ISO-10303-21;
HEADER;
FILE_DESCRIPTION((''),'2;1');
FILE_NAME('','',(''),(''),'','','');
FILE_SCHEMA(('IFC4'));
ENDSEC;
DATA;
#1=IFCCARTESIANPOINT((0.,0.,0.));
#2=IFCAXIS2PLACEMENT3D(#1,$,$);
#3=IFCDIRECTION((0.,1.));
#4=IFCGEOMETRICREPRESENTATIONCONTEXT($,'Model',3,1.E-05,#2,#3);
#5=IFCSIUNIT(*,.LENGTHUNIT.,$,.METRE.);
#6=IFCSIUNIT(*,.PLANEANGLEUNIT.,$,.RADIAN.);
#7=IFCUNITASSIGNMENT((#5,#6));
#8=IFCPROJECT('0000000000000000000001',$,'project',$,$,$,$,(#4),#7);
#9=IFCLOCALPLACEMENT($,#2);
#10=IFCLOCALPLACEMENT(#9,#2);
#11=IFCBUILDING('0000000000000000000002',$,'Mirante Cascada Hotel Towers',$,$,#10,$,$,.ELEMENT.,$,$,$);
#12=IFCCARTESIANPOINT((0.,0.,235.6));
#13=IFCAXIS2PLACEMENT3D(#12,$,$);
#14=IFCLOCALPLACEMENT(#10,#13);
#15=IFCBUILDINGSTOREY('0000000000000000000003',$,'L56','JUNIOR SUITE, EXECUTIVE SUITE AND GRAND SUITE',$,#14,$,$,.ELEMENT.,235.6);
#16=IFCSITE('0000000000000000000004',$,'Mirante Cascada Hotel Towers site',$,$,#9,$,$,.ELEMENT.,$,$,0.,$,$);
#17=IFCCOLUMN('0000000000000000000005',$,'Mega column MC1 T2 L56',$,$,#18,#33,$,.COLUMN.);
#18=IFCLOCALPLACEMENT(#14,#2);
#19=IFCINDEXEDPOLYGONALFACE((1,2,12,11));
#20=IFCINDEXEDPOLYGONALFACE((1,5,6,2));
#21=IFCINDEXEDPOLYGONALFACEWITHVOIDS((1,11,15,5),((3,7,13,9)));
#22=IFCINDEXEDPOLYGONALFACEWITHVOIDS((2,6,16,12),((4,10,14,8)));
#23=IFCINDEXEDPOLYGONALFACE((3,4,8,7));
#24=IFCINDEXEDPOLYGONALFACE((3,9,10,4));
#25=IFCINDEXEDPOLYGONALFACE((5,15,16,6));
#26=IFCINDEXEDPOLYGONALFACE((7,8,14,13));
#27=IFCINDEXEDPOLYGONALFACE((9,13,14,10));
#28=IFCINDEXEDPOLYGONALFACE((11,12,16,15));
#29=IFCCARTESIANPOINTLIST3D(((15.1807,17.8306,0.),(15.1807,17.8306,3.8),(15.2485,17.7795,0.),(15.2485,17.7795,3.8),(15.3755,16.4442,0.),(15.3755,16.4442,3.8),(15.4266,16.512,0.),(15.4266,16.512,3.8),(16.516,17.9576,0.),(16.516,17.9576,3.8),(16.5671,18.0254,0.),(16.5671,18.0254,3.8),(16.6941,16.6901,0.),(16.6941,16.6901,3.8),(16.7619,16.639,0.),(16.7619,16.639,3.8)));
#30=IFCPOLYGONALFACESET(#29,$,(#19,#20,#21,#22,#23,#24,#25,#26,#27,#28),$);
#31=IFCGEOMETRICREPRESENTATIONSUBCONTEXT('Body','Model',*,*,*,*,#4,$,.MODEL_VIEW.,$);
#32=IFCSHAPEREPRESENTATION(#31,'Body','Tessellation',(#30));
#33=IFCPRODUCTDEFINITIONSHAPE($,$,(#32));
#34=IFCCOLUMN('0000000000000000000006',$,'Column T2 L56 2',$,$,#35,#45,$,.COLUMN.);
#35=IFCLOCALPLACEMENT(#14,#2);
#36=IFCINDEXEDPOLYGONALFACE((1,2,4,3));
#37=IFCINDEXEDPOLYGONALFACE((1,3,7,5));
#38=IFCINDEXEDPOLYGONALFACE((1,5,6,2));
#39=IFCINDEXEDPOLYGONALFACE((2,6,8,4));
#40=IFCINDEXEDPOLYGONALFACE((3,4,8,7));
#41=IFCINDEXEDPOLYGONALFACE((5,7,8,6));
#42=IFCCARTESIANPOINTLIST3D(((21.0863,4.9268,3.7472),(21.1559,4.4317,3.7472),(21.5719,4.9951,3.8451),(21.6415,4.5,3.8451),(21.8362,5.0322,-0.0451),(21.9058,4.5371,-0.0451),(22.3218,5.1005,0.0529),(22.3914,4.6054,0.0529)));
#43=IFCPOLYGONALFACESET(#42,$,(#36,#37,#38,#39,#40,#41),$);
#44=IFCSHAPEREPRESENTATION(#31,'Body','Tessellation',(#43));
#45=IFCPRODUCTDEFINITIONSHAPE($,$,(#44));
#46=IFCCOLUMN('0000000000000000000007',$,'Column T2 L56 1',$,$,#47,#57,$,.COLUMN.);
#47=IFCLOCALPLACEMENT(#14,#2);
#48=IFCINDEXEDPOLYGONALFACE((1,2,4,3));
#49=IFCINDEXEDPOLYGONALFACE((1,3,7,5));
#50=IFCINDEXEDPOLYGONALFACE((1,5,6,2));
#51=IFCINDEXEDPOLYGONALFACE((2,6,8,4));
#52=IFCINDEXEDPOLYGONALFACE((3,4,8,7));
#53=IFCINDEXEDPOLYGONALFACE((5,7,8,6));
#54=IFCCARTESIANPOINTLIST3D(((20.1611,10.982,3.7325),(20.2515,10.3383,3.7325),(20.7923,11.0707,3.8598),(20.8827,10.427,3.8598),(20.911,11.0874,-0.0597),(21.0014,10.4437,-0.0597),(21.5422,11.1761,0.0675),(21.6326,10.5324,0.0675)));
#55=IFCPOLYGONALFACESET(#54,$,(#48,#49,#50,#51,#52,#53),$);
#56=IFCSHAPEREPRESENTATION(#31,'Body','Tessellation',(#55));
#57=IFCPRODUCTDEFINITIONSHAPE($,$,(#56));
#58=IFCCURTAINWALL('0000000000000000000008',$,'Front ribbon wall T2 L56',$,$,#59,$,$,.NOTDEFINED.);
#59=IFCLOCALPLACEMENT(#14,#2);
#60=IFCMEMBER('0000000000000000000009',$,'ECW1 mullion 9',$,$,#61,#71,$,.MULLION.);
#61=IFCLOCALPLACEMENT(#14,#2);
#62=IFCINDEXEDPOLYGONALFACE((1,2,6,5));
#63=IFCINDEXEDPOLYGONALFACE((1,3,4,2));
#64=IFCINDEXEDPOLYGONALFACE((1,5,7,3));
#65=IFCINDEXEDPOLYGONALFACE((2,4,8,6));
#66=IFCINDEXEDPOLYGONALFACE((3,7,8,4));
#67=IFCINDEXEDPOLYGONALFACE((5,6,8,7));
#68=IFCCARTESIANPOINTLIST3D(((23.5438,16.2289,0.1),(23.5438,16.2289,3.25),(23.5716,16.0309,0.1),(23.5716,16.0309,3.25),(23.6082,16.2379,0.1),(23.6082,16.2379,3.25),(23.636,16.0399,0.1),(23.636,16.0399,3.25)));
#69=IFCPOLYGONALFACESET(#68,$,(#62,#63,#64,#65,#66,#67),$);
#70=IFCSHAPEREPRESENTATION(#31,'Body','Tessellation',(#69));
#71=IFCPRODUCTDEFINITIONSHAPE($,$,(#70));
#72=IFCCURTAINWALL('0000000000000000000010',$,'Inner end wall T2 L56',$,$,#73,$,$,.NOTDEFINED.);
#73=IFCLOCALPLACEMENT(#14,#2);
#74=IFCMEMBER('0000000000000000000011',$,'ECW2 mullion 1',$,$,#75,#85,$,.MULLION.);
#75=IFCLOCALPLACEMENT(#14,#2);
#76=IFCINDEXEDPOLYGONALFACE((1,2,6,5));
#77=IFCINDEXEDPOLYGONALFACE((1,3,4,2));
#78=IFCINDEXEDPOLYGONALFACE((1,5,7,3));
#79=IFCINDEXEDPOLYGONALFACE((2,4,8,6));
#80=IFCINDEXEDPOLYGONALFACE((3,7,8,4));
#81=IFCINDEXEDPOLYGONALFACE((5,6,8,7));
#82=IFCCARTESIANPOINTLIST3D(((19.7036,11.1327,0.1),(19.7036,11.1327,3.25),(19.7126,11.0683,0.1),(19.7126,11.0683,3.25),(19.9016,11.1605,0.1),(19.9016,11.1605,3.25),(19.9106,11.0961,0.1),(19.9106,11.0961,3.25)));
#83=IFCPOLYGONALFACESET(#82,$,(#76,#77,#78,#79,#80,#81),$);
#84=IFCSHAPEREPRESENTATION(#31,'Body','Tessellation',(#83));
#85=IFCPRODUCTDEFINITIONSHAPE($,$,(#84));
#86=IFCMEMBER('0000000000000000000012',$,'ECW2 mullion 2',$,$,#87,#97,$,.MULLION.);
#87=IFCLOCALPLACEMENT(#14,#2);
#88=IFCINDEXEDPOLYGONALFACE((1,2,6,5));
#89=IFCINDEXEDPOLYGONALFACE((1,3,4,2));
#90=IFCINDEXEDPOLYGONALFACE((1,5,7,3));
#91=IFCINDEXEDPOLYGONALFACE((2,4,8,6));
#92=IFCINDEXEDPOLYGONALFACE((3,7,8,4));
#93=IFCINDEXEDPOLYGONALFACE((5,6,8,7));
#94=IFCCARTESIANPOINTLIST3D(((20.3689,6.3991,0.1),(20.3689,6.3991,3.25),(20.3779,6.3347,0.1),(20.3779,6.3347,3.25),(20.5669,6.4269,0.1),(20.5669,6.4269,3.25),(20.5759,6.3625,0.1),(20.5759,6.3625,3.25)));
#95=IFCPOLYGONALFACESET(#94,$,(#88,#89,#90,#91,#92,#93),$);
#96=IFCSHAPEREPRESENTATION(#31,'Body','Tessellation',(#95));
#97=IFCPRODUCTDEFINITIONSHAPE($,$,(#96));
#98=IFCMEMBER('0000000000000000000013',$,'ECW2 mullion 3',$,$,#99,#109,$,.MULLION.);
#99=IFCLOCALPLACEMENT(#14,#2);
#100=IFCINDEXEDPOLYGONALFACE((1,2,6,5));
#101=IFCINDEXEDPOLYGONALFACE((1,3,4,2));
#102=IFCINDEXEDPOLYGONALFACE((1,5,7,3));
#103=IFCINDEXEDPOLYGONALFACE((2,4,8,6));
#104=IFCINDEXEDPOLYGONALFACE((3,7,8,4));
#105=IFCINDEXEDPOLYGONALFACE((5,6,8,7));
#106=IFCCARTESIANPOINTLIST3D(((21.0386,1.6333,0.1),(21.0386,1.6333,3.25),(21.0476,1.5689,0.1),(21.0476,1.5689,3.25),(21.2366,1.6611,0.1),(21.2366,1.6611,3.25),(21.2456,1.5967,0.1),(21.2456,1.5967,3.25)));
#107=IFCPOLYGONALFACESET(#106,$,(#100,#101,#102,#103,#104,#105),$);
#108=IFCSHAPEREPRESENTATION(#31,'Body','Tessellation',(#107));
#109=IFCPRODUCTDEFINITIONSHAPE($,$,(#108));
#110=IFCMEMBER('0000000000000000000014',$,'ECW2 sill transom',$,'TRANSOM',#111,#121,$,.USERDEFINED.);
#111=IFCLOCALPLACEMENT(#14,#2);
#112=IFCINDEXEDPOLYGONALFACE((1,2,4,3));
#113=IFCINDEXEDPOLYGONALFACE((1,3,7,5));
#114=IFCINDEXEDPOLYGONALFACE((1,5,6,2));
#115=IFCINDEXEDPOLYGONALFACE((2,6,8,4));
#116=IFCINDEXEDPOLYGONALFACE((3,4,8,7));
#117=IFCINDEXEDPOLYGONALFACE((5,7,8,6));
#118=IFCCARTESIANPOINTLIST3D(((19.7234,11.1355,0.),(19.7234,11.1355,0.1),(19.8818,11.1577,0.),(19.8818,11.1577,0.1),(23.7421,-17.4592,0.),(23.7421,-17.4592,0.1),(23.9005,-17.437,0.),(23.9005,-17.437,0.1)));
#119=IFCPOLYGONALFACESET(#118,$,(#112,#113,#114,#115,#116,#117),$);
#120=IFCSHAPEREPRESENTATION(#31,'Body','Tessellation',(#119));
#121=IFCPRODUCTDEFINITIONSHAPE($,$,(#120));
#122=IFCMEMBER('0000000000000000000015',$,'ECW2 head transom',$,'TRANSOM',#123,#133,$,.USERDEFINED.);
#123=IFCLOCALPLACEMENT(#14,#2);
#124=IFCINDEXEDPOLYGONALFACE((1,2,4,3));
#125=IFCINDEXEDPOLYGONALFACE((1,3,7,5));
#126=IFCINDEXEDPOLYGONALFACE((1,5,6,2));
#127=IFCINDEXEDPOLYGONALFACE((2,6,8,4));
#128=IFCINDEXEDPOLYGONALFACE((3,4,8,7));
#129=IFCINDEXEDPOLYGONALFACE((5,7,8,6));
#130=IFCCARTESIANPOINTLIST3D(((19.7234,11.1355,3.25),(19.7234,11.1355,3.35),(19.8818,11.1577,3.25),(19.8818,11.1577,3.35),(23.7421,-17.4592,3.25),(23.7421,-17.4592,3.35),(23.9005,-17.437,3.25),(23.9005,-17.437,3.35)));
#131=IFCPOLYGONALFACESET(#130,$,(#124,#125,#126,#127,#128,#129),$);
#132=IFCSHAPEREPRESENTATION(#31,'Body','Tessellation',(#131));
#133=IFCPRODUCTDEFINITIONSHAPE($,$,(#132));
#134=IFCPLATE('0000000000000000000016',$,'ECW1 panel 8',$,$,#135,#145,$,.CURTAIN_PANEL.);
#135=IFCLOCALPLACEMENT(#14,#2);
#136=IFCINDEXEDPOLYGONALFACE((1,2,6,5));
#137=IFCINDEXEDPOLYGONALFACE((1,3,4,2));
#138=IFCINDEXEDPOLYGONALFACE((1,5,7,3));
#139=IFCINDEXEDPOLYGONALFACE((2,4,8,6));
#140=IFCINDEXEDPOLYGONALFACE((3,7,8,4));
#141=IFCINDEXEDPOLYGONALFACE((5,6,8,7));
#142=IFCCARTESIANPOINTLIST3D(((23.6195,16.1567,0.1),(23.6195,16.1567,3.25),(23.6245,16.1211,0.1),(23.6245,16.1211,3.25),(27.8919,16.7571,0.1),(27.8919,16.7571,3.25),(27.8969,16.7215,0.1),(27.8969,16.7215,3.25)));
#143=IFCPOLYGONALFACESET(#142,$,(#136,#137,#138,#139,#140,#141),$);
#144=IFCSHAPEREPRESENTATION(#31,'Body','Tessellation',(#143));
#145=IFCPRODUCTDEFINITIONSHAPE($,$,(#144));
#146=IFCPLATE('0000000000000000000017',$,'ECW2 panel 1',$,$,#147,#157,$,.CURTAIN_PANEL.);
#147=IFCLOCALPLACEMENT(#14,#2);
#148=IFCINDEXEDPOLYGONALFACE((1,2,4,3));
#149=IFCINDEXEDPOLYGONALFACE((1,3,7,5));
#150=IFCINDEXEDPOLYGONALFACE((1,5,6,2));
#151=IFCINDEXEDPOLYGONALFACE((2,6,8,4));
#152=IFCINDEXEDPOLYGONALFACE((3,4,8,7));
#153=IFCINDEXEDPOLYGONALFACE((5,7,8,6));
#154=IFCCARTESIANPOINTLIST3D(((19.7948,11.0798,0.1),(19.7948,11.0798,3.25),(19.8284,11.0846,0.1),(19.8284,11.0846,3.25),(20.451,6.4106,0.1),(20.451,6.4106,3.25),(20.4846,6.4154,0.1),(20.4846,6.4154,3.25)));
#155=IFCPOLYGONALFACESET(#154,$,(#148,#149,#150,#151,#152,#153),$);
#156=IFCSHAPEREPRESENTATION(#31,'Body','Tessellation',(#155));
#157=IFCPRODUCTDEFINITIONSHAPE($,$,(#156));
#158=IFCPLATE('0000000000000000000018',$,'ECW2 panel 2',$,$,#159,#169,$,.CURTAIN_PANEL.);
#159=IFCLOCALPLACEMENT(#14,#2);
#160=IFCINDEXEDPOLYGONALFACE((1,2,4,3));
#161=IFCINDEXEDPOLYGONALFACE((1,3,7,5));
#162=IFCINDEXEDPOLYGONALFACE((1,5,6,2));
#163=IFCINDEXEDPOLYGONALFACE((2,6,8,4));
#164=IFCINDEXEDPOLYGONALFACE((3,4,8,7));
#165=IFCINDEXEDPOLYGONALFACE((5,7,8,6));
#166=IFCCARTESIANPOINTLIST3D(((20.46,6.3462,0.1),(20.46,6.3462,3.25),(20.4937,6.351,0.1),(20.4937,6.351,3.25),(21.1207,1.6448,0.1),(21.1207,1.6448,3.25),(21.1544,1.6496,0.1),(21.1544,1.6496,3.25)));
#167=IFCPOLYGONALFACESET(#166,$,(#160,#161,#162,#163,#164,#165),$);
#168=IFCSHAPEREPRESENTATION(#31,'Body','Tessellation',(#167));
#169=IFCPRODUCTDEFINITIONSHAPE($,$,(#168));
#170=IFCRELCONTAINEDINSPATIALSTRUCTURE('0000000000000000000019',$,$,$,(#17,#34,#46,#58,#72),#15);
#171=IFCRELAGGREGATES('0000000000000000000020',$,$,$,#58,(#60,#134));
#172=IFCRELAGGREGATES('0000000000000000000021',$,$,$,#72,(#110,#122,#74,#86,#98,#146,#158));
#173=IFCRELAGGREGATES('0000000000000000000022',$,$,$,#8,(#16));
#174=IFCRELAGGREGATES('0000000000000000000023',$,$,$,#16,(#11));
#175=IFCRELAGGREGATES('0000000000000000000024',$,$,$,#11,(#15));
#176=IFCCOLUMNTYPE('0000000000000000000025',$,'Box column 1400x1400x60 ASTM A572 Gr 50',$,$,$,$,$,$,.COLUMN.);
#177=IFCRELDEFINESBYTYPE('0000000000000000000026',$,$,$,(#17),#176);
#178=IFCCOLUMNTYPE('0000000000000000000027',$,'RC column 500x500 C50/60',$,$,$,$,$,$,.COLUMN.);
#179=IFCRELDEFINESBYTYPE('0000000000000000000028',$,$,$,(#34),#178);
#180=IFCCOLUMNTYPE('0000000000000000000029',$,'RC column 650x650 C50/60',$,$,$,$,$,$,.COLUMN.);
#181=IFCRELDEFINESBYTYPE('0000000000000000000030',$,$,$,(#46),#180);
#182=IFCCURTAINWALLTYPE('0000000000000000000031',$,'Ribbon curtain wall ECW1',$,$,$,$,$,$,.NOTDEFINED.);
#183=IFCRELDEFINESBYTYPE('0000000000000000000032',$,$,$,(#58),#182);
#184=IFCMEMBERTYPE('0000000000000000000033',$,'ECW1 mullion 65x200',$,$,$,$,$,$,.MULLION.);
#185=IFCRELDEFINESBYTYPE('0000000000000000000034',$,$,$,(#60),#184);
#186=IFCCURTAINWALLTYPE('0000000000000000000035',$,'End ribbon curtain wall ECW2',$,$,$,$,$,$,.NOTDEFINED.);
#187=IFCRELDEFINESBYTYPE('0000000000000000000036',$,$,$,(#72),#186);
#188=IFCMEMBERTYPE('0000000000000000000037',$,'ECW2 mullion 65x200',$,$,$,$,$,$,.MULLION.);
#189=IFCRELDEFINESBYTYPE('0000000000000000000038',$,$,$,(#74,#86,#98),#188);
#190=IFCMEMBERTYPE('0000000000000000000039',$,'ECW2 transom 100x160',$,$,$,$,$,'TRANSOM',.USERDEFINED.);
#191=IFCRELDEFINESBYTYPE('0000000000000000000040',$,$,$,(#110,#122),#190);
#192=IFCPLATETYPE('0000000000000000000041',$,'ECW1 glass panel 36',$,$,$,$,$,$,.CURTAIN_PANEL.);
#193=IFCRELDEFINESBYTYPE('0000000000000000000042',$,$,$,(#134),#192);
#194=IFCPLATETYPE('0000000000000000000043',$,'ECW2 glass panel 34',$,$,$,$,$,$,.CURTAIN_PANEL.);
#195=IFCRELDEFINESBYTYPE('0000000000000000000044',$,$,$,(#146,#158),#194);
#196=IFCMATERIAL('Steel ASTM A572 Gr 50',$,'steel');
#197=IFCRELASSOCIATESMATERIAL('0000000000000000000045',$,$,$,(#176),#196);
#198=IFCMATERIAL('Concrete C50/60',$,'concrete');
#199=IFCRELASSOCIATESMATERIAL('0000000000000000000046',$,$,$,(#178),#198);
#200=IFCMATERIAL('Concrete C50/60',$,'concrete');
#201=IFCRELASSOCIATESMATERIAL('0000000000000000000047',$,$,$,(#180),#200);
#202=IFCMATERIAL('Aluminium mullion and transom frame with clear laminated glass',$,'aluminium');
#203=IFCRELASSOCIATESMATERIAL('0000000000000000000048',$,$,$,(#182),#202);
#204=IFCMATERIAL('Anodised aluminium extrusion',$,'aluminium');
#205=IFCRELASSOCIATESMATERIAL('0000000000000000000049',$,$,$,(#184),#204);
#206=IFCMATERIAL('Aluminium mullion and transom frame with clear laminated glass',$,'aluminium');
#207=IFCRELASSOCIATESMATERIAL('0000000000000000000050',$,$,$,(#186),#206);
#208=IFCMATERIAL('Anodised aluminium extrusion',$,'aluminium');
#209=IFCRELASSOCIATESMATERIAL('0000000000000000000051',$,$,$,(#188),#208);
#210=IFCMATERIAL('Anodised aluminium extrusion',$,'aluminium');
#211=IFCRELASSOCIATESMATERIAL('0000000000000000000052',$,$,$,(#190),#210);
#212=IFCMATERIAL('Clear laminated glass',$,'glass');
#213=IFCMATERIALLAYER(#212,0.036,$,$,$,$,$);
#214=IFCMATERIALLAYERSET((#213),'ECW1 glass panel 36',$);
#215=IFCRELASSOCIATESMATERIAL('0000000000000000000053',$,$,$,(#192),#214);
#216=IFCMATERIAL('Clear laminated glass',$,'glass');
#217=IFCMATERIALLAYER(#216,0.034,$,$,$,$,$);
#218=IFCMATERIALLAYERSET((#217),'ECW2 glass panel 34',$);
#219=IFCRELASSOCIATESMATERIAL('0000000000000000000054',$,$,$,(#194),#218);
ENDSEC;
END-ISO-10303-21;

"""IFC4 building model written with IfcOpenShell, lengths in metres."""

from ifc_helpers import new_model, si_unit, direction, frame, origin, origin_2d, place, context, subcontext, project, spatial, rectangle, hollow_rectangle, extrude, material, layer, layer_set, material_profile, profile_set, type_object, element, aggregate, save


model = new_model("IFC4")

# Units and contexts
model_context = context("Model", 3, precision=1e-05, world=origin(), true_north=direction((0.0, 1.0)))
body_context = subcontext(model_context, "Body", "Model", "MODEL_VIEW")
ifc_project = project(units=[si_unit("LENGTHUNIT", "METRE"), si_unit("PLANEANGLEUNIT", "RADIAN")], contexts=[model_context])

# Site, building, storey
site_placement = place(None, origin())
site = spatial("IfcSite", under=ifc_project, at=site_placement, Name="Mirante Cascada Hotel Towers site", CompositionType="ELEMENT", RefElevation=0.0)
building_placement = place(site_placement, origin())
building = spatial("IfcBuilding", under=site, at=building_placement, Name="Mirante Cascada Hotel Towers", CompositionType="ELEMENT")
storey_placement = place(building_placement, frame((0.0, 0.0, 235.6)))
storey = spatial("IfcBuildingStorey", under=building, at=storey_placement, Name="L56", Description="JUNIOR SUITE, EXECUTIVE SUITE AND GRAND SUITE", CompositionType="ELEMENT", Elevation=235.6)

# Columns
ifc_material_1 = material(Name="Steel ASTM A572 Gr 50", Category="steel")
ifc_material_profile_1 = material_profile(ifc_material_1, hollow_rectangle(XDim=1.4, YDim=1.4, WallThickness=0.06, at=origin_2d()), Name="Box column 1400x1400x60 ASTM A572 Gr 50")
ifc_profile_set_1 = profile_set([ifc_material_profile_1], Name="Steel ASTM A572 Gr 50")
column_type_1 = type_object("IfcColumnType", Name="Box column 1400x1400x60 ASTM A572 Gr 50", PredefinedType="COLUMN", material=ifc_profile_set_1)
column_1_placement = place(storey_placement, frame((15.9713, 17.2348, 0.0), z_axis=(0.0, 0.0, 1.0), x_axis=(0.990268, 0.139173, 0.0)))
element("IfcColumn", 1, at=column_1_placement, inside=storey, type_object=column_type_1, Name="Mega column MC1 T2 L56", PredefinedType="COLUMN", context=body_context, shape_type="SweptSolid", body=[
    extrude(hollow_rectangle(XDim=1.4, YDim=1.4, WallThickness=0.06, at=origin_2d()), origin(), (0.0, 0.0, 1.0), 3.8),
])
ifc_material_2 = material(Name="Concrete C50/60", Category="concrete")
ifc_material_profile_2 = material_profile(ifc_material_2, rectangle(XDim=0.5, YDim=0.5, at=origin_2d()), Name="RC column 500x500 C50/60")
ifc_profile_set_2 = profile_set([ifc_material_profile_2], Name="Concrete C50/60")
column_type_2 = type_object("IfcColumnType", Name="RC column 500x500 C50/60", PredefinedType="COLUMN", material=ifc_profile_set_2)
column_2_placement = place(storey_placement, frame((22.1138, 4.8188, 0.0039), z_axis=(-0.193919, -0.027256, 0.980639), x_axis=(0.139184, -0.990267, 0.0)))
element("IfcColumn", 2, at=column_2_placement, inside=storey, type_object=column_type_2, Name="Column T2 L56 2", PredefinedType="COLUMN", context=body_context, shape_type="SweptSolid", body=[
    extrude(rectangle(XDim=0.5, YDim=0.5, at=origin_2d()), origin(), (0.0, 0.0, 1.0), 3.8671),
])
ifc_material_3 = material(Name="Concrete C50/60", Category="concrete")
ifc_material_profile_3 = material_profile(ifc_material_3, rectangle(XDim=0.65, YDim=0.65, at=origin_2d()), Name="RC column 650x650 C50/60")
ifc_profile_set_3 = profile_set([ifc_material_profile_3], Name="Concrete C50/60")
column_type_3 = type_object("IfcColumnType", Name="RC column 650x650 C50/60", PredefinedType="COLUMN", material=ifc_profile_set_3)
column_3_placement = place(storey_placement, frame((21.2718, 10.8099, 0.0039), z_axis=(-0.193919, -0.027256, 0.980639), x_axis=(0.139184, -0.990267, 0.0)))
element("IfcColumn", 3, at=column_3_placement, inside=storey, type_object=column_type_3, Name="Column T2 L56 1", PredefinedType="COLUMN", context=body_context, shape_type="SweptSolid", body=[
    extrude(rectangle(XDim=0.65, YDim=0.65, at=origin_2d()), origin(), (0.0, 0.0, 1.0), 3.8671),
])

# Curtain wall, member
ifc_material_4 = material(Name="Aluminium mullion and transom frame with clear laminated glass", Category="aluminium")
curtain_wall_type_1 = type_object("IfcCurtainWallType", Name="Ribbon curtain wall ECW1", PredefinedType="NOTDEFINED", material=ifc_material_4)
curtain_wall_1_placement = place(storey_placement, origin())
curtain_wall_1 = element("IfcCurtainWall", 4, at=curtain_wall_1_placement, inside=storey, type_object=curtain_wall_type_1, Name="Front ribbon wall T2 L56", PredefinedType="NOTDEFINED")
ifc_material_5 = material(Name="Anodised aluminium extrusion", Category="aluminium")
ifc_material_profile_4 = material_profile(ifc_material_5, rectangle(XDim=0.2, YDim=0.065, at=origin_2d()), Name="ECW1 MULLION 65x200")
ifc_profile_set_4 = profile_set([ifc_material_profile_4], Name="Anodised aluminium extrusion")
member_type_1 = type_object("IfcMemberType", Name="ECW1 mullion 65x200", PredefinedType="MULLION", material=ifc_profile_set_4)
member_1_placement = place(storey_placement, frame((23.5899, 16.1344, 0.1), z_axis=(0.0, 0.0, 1.0), x_axis=(0.139173, -0.990268, 0.0)))
member_1 = element("IfcMember", 5, at=member_1_placement, type_object=member_type_1, Name="ECW1 mullion 9", PredefinedType="MULLION", context=body_context, shape_type="SweptSolid", body=[
    extrude(rectangle(XDim=0.2, YDim=0.065, at=origin_2d()), origin(), (0.0, 0.0, 1.0), 3.15),
])

# Curtain wall, members
ifc_material_6 = material(Name="Aluminium mullion and transom frame with clear laminated glass", Category="aluminium")
curtain_wall_type_2 = type_object("IfcCurtainWallType", Name="End ribbon curtain wall ECW2", PredefinedType="NOTDEFINED", material=ifc_material_6)
curtain_wall_2_placement = place(storey_placement, origin())
curtain_wall_2 = element("IfcCurtainWall", 6, at=curtain_wall_2_placement, inside=storey, type_object=curtain_wall_type_2, Name="Inner end wall T2 L56", PredefinedType="NOTDEFINED")
ifc_material_7 = material(Name="Anodised aluminium extrusion", Category="aluminium")
ifc_material_profile_5 = material_profile(ifc_material_7, rectangle(XDim=0.2, YDim=0.065, at=origin_2d()), Name="ECW2 MULLION 65x200")
ifc_profile_set_5 = profile_set([ifc_material_profile_5], Name="Anodised aluminium extrusion")
member_type_2 = type_object("IfcMemberType", Name="ECW2 mullion 65x200", PredefinedType="MULLION", material=ifc_profile_set_5)
member_2_placement = place(storey_placement, frame((19.8071, 11.1144, 0.1), z_axis=(0.0, 0.0, 1.0), x_axis=(0.990268, 0.139173, 0.0)))
member_2 = element("IfcMember", 7, at=member_2_placement, type_object=member_type_2, Name="ECW2 mullion 1", PredefinedType="MULLION", context=body_context, shape_type="SweptSolid", body=[
    extrude(rectangle(XDim=0.2, YDim=0.065, at=origin_2d()), origin(), (0.0, 0.0, 1.0), 3.15),
])
member_3_placement = place(storey_placement, frame((20.4724, 6.3808, 0.1), z_axis=(0.0, 0.0, 1.0), x_axis=(0.990268, 0.139173, 0.0)))
member_3 = element("IfcMember", 8, at=member_3_placement, type_object=member_type_2, Name="ECW2 mullion 2", PredefinedType="MULLION", context=body_context, shape_type="SweptSolid", body=[
    extrude(rectangle(XDim=0.2, YDim=0.065, at=origin_2d()), origin(), (0.0, 0.0, 1.0), 3.15),
])
member_4_placement = place(storey_placement, frame((21.1421, 1.615, 0.1), z_axis=(0.0, 0.0, 1.0), x_axis=(0.990268, 0.139173, 0.0)))
member_4 = element("IfcMember", 9, at=member_4_placement, type_object=member_type_2, Name="ECW2 mullion 3", PredefinedType="MULLION", context=body_context, shape_type="SweptSolid", body=[
    extrude(rectangle(XDim=0.2, YDim=0.065, at=origin_2d()), origin(), (0.0, 0.0, 1.0), 3.15),
])
ifc_material_8 = material(Name="Anodised aluminium extrusion", Category="aluminium")
ifc_material_profile_6 = material_profile(ifc_material_8, rectangle(XDim=0.16, YDim=0.1, at=origin_2d()), Name="ECW2 TRANSOM 100x160")
ifc_profile_set_6 = profile_set([ifc_material_profile_6], Name="Anodised aluminium extrusion")
member_type_3 = type_object("IfcMemberType", Name="ECW2 transom 100x160", ElementType="TRANSOM", PredefinedType="USERDEFINED", material=ifc_profile_set_6)
member_5_placement = place(storey_placement, frame((19.8026, 11.1466, 0.05), z_axis=(0.139172, -0.990268, 0.0), x_axis=(0.990268, 0.139172, 0.0)))
member_5 = element("IfcMember", 10, at=member_5_placement, type_object=member_type_3, Name="ECW2 sill transom", ObjectType="TRANSOM", PredefinedType="USERDEFINED", context=body_context, shape_type="SweptSolid", body=[
    extrude(rectangle(XDim=0.16, YDim=0.1, at=origin_2d()), origin(), (0.0, 0.0, 1.0), 28.8757),
])
member_6_placement = place(storey_placement, frame((19.8026, 11.1466, 3.3), z_axis=(0.139172, -0.990268, 0.0), x_axis=(0.990268, 0.139172, 0.0)))
member_6 = element("IfcMember", 11, at=member_6_placement, type_object=member_type_3, Name="ECW2 head transom", ObjectType="TRANSOM", PredefinedType="USERDEFINED", context=body_context, shape_type="SweptSolid", body=[
    extrude(rectangle(XDim=0.16, YDim=0.1, at=origin_2d()), origin(), (0.0, 0.0, 1.0), 28.8757),
])

# Plates
ifc_material_9 = material(Name="Clear laminated glass", Category="glass")
ifc_layer_1 = layer(ifc_material_9, 0.036)
ifc_layer_set_1 = layer_set([ifc_layer_1], Name="ECW1 glass panel 36")
plate_type_1 = type_object("IfcPlateType", Name="ECW1 glass panel 36", PredefinedType="CURTAIN_PANEL", material=ifc_layer_set_1)
plate_1_placement = place(storey_placement, frame((25.7582, 16.4391, 0.1), z_axis=(0.0, 0.0, 1.0), x_axis=(-0.990268, -0.139173, 0.0)))
plate_1 = element("IfcPlate", 12, at=plate_1_placement, type_object=plate_type_1, Name="ECW1 panel 8", PredefinedType="CURTAIN_PANEL", context=body_context, shape_type="SweptSolid", body=[
    extrude(rectangle(XDim=4.3143, YDim=0.036, at=origin_2d()), origin(), (0.0, 0.0, 1.0), 3.15),
])
aggregate(curtain_wall_1, [member_1, plate_1])
ifc_material_10 = material(Name="Clear laminated glass", Category="glass")
ifc_layer_2 = layer(ifc_material_10, 0.034)
ifc_layer_set_2 = layer_set([ifc_layer_2], Name="ECW2 glass panel 34")
plate_type_2 = type_object("IfcPlateType", Name="ECW2 glass panel 34", PredefinedType="CURTAIN_PANEL", material=ifc_layer_set_2)
plate_2_placement = place(storey_placement, frame((20.1397, 8.7476, 0.1), z_axis=(0.0, 0.0, 1.0), x_axis=(0.139173, -0.990268, 0.0)))
plate_2 = element("IfcPlate", 13, at=plate_2_placement, type_object=plate_type_2, Name="ECW2 panel 1", PredefinedType="CURTAIN_PANEL", context=body_context, shape_type="SweptSolid", body=[
    extrude(rectangle(XDim=4.7151, YDim=0.034, at=origin_2d()), origin(), (0.0, 0.0, 1.0), 3.15),
])
plate_3_placement = place(storey_placement, frame((20.8072, 3.9979, 0.1), z_axis=(0.0, 0.0, 1.0), x_axis=(0.139173, -0.990268, 0.0)))
plate_3 = element("IfcPlate", 14, at=plate_3_placement, type_object=plate_type_2, Name="ECW2 panel 2", PredefinedType="CURTAIN_PANEL", context=body_context, shape_type="SweptSolid", body=[
    extrude(rectangle(XDim=4.7476, YDim=0.034, at=origin_2d()), origin(), (0.0, 0.0, 1.0), 3.15),
])
aggregate(curtain_wall_2, [member_5, member_6, member_2, member_3, member_4, plate_2, plate_3])

save(model, "model.ifc")
